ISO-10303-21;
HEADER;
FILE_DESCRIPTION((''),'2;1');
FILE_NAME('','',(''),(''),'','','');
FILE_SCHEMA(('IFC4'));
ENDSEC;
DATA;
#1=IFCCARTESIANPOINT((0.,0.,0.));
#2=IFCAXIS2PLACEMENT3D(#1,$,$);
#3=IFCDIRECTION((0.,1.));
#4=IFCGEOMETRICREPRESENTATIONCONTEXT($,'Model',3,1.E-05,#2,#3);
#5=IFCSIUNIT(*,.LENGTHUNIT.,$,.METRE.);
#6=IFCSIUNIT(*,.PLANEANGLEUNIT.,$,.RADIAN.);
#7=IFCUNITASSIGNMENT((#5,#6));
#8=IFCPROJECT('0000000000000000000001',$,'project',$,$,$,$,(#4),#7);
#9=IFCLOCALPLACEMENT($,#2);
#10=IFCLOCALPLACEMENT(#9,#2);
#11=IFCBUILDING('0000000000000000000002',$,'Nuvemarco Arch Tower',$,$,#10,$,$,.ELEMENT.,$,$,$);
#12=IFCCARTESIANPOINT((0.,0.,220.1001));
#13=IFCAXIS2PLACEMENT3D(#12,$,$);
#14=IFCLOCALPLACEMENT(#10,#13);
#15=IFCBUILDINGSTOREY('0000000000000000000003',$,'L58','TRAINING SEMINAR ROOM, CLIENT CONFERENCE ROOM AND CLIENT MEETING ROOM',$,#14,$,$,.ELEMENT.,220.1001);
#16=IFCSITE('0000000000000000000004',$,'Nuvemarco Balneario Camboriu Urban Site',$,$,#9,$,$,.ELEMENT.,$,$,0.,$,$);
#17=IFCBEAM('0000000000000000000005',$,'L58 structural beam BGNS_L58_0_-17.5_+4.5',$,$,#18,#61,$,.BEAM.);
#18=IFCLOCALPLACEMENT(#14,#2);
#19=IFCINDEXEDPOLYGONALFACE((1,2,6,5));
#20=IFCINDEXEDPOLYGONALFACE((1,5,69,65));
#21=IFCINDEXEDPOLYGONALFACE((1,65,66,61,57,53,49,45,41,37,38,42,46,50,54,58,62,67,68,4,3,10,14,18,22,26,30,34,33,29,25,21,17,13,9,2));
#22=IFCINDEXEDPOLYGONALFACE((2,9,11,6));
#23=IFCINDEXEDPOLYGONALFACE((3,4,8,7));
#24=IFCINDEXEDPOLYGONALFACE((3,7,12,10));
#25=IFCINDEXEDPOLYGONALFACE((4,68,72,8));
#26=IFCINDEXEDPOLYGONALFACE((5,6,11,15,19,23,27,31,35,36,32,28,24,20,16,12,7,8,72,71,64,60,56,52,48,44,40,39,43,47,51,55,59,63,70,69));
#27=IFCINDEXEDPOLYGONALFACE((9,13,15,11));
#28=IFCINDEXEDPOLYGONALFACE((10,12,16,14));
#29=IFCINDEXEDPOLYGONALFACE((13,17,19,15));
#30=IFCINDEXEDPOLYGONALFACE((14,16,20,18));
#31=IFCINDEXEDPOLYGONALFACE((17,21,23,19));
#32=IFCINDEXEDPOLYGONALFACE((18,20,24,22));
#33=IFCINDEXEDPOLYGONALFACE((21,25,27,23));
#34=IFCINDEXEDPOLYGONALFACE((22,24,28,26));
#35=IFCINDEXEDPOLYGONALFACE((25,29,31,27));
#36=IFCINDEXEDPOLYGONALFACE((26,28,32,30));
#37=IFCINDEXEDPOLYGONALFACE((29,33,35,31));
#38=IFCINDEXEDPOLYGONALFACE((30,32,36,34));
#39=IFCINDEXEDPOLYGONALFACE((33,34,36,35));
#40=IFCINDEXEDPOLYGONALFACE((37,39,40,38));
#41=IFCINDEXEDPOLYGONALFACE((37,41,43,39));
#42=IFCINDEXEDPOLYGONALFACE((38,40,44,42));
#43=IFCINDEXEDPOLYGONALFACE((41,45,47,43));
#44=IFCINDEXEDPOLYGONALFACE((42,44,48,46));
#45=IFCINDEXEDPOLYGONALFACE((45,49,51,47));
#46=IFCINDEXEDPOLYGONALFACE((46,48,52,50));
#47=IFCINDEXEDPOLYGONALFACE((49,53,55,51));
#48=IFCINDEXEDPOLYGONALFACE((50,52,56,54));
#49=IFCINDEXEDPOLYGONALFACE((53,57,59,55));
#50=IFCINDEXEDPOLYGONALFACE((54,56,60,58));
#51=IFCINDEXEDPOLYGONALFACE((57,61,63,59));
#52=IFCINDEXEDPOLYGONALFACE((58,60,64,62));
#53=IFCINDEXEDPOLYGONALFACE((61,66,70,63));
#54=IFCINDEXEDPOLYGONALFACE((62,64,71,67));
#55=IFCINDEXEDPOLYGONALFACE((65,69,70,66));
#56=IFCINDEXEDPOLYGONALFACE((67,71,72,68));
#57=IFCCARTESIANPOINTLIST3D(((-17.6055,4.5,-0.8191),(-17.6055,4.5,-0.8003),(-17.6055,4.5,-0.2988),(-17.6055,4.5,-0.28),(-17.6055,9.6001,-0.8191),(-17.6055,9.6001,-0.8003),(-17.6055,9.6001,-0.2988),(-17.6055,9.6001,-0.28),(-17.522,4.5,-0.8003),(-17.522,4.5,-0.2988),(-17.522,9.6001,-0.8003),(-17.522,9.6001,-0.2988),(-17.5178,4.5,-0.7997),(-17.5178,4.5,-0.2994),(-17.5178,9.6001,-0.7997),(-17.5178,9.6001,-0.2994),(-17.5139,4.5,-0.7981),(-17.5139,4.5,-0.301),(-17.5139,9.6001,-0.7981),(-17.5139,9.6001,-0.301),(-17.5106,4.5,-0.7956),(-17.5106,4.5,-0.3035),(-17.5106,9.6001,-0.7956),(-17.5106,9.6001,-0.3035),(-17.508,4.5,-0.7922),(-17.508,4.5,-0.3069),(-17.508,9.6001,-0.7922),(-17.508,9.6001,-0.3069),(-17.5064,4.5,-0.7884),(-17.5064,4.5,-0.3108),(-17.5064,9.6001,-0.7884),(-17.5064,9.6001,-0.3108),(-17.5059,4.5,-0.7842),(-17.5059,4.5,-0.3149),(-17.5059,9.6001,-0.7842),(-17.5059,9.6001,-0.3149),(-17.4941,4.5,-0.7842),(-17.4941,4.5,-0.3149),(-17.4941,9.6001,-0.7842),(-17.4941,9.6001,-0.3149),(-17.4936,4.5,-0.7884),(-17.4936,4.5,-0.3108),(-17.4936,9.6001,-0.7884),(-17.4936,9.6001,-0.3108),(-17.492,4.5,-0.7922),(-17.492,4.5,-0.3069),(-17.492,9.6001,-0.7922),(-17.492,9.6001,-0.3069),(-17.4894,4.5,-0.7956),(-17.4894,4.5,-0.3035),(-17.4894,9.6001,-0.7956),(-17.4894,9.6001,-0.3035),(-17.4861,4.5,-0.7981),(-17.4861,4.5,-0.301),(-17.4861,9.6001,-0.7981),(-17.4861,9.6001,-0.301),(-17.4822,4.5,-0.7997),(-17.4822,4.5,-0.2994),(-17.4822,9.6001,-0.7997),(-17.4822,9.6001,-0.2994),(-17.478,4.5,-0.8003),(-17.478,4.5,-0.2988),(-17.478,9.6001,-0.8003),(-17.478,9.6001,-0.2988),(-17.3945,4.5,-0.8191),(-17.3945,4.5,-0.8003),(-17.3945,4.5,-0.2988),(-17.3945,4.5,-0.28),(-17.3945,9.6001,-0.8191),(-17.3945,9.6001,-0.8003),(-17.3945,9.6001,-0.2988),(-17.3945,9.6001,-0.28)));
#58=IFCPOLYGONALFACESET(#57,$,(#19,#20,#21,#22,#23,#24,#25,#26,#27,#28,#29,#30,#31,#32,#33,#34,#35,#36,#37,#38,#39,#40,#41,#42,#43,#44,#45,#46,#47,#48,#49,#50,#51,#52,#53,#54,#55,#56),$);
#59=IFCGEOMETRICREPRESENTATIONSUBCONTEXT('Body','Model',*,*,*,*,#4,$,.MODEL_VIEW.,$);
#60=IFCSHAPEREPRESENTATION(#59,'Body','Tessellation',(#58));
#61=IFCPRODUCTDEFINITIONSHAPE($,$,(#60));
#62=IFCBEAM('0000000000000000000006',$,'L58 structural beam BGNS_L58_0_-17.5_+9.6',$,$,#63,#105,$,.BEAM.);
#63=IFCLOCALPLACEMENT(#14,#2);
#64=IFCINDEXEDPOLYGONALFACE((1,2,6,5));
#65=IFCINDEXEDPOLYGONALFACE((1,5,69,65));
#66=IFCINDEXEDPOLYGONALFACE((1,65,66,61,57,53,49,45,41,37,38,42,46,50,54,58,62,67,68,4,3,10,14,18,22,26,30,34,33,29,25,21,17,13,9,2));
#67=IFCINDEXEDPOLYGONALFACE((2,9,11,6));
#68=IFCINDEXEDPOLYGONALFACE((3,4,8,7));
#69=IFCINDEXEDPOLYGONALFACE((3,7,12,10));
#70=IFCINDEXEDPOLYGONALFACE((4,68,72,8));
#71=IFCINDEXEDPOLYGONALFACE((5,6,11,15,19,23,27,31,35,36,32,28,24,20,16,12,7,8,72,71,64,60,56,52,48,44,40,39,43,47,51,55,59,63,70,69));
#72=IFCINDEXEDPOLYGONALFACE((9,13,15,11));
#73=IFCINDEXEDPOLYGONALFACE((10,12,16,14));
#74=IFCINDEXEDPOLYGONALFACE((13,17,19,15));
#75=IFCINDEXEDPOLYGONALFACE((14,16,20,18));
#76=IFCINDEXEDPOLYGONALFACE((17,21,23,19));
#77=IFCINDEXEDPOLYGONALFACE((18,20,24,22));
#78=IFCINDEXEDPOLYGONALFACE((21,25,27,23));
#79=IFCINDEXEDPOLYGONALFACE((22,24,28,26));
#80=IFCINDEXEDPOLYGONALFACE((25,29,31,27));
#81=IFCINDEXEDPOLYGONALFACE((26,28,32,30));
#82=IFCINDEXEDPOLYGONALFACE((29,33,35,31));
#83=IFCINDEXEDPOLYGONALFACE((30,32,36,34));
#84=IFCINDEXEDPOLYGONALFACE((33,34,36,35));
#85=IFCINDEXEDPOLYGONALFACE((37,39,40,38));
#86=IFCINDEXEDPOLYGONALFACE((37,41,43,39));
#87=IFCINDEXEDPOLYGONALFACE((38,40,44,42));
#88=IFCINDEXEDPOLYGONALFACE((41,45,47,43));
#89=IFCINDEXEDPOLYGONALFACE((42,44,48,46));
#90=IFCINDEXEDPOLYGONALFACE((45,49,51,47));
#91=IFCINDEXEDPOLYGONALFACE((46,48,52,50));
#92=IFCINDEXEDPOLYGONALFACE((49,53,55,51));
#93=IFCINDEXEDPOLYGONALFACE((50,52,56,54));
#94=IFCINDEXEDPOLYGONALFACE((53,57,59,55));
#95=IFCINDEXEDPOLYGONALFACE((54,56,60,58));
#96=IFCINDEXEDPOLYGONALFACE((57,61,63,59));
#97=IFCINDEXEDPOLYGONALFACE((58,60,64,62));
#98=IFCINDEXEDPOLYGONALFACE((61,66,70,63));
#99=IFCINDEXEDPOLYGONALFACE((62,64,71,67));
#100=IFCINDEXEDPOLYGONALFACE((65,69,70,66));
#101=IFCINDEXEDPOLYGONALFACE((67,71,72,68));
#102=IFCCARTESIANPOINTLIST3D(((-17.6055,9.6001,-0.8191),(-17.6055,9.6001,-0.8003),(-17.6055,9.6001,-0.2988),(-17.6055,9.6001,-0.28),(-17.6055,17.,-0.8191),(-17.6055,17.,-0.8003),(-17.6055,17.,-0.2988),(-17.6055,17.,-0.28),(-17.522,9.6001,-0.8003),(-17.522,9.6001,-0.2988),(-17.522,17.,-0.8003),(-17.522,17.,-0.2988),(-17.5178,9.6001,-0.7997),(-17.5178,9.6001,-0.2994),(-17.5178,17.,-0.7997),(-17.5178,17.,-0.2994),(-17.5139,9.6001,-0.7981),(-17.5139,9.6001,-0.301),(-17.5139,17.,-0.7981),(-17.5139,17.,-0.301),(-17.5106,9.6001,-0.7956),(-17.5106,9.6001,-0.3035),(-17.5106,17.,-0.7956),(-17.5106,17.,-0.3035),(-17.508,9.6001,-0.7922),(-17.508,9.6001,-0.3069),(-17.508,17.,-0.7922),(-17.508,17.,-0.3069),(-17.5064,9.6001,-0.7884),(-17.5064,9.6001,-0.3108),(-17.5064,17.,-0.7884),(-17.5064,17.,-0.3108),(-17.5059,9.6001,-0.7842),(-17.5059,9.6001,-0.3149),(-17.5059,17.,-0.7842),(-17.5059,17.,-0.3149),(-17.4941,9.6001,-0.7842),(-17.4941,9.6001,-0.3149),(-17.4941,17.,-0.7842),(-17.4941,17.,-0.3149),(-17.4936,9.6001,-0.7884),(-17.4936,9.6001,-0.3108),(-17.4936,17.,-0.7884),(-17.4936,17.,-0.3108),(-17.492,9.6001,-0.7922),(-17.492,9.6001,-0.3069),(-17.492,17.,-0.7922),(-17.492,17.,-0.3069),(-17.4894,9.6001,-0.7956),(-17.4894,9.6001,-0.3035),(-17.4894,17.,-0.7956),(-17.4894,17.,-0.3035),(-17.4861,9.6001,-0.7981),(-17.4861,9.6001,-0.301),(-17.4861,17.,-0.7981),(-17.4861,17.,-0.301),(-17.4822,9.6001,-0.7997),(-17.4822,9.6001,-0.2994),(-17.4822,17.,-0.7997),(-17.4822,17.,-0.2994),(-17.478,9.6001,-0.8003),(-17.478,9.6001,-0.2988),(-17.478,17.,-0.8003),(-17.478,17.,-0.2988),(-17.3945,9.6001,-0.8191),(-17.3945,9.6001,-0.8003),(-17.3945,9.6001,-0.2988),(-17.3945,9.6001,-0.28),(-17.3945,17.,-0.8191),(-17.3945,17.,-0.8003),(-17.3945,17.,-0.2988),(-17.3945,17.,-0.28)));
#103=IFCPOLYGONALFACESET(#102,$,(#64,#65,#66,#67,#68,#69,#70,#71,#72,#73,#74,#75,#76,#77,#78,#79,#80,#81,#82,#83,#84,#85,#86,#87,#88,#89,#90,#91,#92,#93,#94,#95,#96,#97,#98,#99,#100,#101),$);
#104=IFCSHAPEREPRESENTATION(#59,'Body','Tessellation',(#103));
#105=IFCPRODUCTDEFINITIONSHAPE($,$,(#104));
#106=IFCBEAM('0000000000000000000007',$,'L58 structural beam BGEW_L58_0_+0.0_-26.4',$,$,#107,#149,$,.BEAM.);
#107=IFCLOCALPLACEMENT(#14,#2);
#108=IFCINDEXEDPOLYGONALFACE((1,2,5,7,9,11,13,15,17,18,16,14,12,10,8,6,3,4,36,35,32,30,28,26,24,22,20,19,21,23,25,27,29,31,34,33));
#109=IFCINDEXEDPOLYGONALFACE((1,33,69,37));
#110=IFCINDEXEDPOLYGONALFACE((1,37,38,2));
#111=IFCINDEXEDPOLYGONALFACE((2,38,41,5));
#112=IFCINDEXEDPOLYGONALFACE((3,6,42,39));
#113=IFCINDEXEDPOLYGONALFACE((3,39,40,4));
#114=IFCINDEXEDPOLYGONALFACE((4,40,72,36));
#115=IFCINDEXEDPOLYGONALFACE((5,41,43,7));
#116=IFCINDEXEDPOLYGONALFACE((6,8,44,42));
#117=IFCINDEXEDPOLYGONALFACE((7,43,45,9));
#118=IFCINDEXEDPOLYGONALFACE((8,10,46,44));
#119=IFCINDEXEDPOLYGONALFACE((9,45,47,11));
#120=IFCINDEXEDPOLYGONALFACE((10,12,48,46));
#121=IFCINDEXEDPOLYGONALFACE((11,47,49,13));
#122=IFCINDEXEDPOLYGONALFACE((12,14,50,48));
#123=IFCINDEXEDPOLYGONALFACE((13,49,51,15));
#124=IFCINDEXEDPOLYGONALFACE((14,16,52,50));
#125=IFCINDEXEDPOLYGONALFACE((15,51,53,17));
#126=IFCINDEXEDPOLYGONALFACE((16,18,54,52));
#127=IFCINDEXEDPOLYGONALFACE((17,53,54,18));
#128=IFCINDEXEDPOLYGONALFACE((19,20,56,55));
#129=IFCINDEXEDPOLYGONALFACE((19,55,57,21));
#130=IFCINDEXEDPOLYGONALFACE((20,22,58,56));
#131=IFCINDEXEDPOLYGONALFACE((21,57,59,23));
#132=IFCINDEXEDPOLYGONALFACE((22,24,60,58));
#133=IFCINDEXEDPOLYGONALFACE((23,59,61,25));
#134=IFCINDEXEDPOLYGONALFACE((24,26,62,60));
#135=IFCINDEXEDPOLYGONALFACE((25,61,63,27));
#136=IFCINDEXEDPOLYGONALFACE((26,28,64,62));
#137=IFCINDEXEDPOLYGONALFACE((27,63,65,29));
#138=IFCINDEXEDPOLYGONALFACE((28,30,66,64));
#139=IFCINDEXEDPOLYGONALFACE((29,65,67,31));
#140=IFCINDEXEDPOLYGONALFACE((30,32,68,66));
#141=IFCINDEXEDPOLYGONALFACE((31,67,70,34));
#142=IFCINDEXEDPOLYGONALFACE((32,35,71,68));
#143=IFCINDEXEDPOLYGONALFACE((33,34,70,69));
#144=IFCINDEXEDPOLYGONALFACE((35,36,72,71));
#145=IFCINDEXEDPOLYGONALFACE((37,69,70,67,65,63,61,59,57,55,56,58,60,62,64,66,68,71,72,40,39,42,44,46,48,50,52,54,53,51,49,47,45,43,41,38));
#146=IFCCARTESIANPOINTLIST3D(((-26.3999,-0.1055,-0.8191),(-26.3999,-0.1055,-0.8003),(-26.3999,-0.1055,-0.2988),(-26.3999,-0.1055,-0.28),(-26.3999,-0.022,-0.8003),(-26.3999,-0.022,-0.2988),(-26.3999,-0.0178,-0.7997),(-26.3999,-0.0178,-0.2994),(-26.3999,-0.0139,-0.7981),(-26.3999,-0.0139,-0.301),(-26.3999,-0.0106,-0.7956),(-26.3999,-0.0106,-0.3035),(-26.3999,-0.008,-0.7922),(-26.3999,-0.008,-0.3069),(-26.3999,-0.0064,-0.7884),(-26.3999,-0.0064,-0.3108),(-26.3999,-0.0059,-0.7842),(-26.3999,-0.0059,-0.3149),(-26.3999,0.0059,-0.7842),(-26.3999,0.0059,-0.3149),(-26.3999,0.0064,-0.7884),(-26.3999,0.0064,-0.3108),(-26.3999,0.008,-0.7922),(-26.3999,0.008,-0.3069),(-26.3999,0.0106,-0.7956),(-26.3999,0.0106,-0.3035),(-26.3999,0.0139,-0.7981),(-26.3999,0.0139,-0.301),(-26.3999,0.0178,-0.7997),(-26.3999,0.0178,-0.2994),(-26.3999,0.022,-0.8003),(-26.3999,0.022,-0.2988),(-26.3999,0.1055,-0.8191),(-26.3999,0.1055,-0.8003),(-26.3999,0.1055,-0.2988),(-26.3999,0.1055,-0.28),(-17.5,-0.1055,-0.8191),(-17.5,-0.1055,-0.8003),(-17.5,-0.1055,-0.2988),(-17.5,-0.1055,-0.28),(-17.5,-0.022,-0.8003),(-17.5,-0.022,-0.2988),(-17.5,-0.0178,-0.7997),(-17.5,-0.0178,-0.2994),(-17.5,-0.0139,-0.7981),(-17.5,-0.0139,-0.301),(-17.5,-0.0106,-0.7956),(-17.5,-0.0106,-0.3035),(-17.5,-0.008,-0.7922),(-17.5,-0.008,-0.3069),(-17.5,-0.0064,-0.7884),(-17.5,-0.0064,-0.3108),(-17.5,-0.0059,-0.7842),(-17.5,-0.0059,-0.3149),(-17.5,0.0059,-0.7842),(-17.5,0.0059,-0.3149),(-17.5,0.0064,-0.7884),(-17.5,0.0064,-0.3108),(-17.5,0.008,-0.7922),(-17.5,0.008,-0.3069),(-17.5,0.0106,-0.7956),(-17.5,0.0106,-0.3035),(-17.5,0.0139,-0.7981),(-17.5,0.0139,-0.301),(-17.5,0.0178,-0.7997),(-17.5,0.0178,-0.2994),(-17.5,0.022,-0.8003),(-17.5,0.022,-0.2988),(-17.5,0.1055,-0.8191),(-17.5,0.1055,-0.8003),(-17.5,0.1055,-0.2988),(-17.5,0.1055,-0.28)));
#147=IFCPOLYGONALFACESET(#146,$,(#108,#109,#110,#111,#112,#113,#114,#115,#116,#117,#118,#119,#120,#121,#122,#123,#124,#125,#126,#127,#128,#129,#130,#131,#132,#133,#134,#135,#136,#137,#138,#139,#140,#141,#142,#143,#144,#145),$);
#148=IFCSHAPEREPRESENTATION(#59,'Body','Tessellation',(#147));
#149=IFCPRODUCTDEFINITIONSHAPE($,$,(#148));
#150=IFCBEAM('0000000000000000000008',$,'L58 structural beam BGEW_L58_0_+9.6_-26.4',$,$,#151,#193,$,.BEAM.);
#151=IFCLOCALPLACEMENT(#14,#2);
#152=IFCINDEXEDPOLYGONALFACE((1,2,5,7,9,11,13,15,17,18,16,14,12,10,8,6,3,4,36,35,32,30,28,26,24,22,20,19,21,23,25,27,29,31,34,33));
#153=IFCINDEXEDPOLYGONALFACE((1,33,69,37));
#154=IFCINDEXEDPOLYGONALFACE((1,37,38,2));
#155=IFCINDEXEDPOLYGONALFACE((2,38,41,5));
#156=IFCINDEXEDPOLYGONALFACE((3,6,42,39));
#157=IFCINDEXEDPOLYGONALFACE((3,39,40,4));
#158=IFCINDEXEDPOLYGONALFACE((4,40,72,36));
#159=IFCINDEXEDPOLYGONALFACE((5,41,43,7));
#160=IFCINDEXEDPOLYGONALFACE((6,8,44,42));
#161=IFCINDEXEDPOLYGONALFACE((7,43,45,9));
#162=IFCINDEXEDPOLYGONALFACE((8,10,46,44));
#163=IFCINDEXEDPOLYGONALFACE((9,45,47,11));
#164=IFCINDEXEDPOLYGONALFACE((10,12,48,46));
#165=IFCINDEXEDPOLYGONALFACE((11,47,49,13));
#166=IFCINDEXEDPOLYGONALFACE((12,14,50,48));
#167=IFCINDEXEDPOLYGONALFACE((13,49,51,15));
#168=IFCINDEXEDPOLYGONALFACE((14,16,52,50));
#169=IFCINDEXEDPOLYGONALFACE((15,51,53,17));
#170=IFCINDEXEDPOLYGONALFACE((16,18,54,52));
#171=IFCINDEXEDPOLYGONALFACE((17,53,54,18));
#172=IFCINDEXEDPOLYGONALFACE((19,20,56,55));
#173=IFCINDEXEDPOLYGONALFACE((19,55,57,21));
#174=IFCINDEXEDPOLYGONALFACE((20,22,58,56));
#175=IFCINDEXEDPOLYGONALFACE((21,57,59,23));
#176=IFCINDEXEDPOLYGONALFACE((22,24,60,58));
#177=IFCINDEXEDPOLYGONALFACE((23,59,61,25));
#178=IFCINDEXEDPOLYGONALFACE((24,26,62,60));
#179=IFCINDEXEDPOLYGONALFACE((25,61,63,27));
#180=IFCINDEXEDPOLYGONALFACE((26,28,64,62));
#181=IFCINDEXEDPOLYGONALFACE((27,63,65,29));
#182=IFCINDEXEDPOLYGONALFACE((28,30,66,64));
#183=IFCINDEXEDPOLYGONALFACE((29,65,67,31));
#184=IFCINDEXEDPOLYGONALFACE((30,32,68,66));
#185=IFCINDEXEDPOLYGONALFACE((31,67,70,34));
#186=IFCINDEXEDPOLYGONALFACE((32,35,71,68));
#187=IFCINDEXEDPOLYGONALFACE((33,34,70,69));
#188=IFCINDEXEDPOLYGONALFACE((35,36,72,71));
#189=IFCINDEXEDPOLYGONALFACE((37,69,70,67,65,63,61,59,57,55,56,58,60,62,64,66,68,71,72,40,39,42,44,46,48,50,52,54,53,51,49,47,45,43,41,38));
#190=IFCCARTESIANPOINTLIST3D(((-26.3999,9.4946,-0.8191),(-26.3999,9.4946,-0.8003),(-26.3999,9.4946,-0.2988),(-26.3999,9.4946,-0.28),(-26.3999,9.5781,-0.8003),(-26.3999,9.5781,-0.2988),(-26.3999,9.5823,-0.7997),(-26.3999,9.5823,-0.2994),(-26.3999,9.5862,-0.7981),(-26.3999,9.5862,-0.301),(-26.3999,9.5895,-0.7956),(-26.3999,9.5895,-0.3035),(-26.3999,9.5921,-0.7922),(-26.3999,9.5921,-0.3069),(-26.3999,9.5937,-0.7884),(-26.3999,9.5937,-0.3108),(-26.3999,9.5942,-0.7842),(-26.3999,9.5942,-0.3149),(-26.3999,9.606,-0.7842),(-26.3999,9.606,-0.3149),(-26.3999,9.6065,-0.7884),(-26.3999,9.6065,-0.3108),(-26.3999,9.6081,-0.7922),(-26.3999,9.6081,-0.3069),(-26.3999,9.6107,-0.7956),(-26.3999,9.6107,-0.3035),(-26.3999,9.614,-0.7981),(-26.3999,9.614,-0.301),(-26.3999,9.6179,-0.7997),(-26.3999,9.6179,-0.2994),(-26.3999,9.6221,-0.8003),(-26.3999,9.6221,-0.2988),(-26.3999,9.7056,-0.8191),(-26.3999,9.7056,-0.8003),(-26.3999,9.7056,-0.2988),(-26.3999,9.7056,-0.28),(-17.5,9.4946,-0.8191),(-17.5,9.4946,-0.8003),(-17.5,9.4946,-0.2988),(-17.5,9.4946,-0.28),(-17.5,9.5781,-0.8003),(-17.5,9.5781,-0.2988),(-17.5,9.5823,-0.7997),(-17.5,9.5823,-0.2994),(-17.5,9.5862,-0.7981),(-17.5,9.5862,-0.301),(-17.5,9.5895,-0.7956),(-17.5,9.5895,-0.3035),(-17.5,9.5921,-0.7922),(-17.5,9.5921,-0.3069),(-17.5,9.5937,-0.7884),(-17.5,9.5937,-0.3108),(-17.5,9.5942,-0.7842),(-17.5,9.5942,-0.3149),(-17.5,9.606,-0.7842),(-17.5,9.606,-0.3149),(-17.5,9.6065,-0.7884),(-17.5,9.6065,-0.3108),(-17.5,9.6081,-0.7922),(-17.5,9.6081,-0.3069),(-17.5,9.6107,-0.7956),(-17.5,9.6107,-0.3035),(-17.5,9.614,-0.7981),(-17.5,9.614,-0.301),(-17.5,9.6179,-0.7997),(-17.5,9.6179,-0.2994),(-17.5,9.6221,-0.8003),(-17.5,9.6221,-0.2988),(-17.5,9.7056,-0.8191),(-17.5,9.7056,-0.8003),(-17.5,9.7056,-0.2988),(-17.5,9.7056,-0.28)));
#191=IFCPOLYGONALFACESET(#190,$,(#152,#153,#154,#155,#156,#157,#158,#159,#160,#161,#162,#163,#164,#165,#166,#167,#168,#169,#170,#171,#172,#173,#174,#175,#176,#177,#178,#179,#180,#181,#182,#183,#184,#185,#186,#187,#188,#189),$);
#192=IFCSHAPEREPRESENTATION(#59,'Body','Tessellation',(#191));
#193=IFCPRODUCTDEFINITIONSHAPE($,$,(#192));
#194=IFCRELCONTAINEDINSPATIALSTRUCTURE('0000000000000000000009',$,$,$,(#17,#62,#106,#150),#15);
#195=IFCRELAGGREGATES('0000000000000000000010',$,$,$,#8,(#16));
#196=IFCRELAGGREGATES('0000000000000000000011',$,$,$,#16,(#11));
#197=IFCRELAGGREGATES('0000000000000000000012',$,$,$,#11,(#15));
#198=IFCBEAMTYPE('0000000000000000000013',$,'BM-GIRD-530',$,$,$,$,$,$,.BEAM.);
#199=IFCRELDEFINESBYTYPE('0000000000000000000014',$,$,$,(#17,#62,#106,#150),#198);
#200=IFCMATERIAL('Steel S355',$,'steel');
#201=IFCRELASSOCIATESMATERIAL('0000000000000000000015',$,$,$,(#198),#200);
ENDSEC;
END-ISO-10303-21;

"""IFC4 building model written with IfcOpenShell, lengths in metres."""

from ifc_helpers import new_model, si_unit, direction, frame, origin, origin_2d, place, context, subcontext, project, spatial, i_section, extrude, material, material_profile, profile_set, type_object, element, save


model = new_model("IFC4")

# Units and contexts
model_context = context("Model", 3, precision=1e-05, world=origin(), true_north=direction((0.0, 1.0)))
body_context = subcontext(model_context, "Body", "Model", "MODEL_VIEW")
ifc_project = project(units=[si_unit("LENGTHUNIT", "METRE"), si_unit("PLANEANGLEUNIT", "RADIAN")], contexts=[model_context])

# Site, building, storey
site_placement = place(None, origin())
site = spatial("IfcSite", under=ifc_project, at=site_placement, Name="Nuvemarco Balneario Camboriu Urban Site", CompositionType="ELEMENT", RefElevation=0.0)
building_placement = place(site_placement, origin())
building = spatial("IfcBuilding", under=site, at=building_placement, Name="Nuvemarco Arch Tower", CompositionType="ELEMENT")
storey_placement = place(building_placement, frame((0.0, 0.0, 220.1001)))
storey = spatial("IfcBuildingStorey", under=building, at=storey_placement, Name="L58", Description="TRAINING SEMINAR ROOM, CLIENT CONFERENCE ROOM AND CLIENT MEETING ROOM", CompositionType="ELEMENT", Elevation=220.1001)

# Shared definitions
ifc_material_1 = material(Name="Steel S355", Category="steel")

# Beams
ifc_material_profile_1 = material_profile(ifc_material_1, i_section(OverallWidth=0.2109, OverallDepth=0.5391, WebThickness=0.0117, FlangeThickness=0.0188, FilletRadius=0.0161, at=origin_2d()), Name="W530x109")
ifc_profile_set_1 = profile_set([ifc_material_profile_1], Name="Steel S355")
beam_type_1 = type_object("IfcBeamType", Name="BM-GIRD-530", PredefinedType="BEAM", material=ifc_profile_set_1)
beam_1_placement = place(storey_placement, frame((-17.5, 4.5, -0.5496), z_axis=(0.0, 1.0, 0.0), x_axis=(-1.0, 0.0, 0.0)))
element("IfcBeam", 1, at=beam_1_placement, inside=storey, type_object=beam_type_1, Name="L58 structural beam BGNS_L58_0_-17.5_+4.5", PredefinedType="BEAM", context=body_context, shape_type="SweptSolid", body=[
    extrude(i_section(OverallWidth=0.2109, OverallDepth=0.5391, WebThickness=0.0117, FlangeThickness=0.0188, FilletRadius=0.0161, at=origin_2d()), origin(), (0.0, 0.0, 1.0), 5.1001),
])
beam_2_placement = place(storey_placement, frame((-17.5, 9.6001, -0.5496), z_axis=(0.0, 1.0, 0.0), x_axis=(-1.0, 0.0, 0.0)))
element("IfcBeam", 2, at=beam_2_placement, inside=storey, type_object=beam_type_1, Name="L58 structural beam BGNS_L58_0_-17.5_+9.6", PredefinedType="BEAM", context=body_context, shape_type="SweptSolid", body=[
    extrude(i_section(OverallWidth=0.2109, OverallDepth=0.5391, WebThickness=0.0117, FlangeThickness=0.0188, FilletRadius=0.0161, at=origin_2d()), origin(), (0.0, 0.0, 1.0), 7.3999),
])
for number, where, z_axis, x_axis, name in (
    (3, (-26.3999, 0.0, -0.5496), (1.0, 0.0, 0.0), (0.0, 1.0, 0.0), "L58 structural beam BGEW_L58_0_+0.0_-26.4"),
    (4, (-26.3999, 9.6001, -0.5496), (1.0, 0.0, 0.0), (0.0, 1.0, 0.0), "L58 structural beam BGEW_L58_0_+9.6_-26.4"),
):
    element("IfcBeam", number, at=place(storey_placement, frame(where, z_axis=z_axis, x_axis=x_axis)), inside=storey, type_object=beam_type_1, Name=name, PredefinedType="BEAM", context=body_context, shape_type="SweptSolid", body=[
        extrude(i_section(OverallWidth=0.2109, OverallDepth=0.5391, WebThickness=0.0117, FlangeThickness=0.0188, FilletRadius=0.0161, at=origin_2d()), origin(), (0.0, 0.0, 1.0), 8.8999),
    ])

save(model, "model.ifc")
